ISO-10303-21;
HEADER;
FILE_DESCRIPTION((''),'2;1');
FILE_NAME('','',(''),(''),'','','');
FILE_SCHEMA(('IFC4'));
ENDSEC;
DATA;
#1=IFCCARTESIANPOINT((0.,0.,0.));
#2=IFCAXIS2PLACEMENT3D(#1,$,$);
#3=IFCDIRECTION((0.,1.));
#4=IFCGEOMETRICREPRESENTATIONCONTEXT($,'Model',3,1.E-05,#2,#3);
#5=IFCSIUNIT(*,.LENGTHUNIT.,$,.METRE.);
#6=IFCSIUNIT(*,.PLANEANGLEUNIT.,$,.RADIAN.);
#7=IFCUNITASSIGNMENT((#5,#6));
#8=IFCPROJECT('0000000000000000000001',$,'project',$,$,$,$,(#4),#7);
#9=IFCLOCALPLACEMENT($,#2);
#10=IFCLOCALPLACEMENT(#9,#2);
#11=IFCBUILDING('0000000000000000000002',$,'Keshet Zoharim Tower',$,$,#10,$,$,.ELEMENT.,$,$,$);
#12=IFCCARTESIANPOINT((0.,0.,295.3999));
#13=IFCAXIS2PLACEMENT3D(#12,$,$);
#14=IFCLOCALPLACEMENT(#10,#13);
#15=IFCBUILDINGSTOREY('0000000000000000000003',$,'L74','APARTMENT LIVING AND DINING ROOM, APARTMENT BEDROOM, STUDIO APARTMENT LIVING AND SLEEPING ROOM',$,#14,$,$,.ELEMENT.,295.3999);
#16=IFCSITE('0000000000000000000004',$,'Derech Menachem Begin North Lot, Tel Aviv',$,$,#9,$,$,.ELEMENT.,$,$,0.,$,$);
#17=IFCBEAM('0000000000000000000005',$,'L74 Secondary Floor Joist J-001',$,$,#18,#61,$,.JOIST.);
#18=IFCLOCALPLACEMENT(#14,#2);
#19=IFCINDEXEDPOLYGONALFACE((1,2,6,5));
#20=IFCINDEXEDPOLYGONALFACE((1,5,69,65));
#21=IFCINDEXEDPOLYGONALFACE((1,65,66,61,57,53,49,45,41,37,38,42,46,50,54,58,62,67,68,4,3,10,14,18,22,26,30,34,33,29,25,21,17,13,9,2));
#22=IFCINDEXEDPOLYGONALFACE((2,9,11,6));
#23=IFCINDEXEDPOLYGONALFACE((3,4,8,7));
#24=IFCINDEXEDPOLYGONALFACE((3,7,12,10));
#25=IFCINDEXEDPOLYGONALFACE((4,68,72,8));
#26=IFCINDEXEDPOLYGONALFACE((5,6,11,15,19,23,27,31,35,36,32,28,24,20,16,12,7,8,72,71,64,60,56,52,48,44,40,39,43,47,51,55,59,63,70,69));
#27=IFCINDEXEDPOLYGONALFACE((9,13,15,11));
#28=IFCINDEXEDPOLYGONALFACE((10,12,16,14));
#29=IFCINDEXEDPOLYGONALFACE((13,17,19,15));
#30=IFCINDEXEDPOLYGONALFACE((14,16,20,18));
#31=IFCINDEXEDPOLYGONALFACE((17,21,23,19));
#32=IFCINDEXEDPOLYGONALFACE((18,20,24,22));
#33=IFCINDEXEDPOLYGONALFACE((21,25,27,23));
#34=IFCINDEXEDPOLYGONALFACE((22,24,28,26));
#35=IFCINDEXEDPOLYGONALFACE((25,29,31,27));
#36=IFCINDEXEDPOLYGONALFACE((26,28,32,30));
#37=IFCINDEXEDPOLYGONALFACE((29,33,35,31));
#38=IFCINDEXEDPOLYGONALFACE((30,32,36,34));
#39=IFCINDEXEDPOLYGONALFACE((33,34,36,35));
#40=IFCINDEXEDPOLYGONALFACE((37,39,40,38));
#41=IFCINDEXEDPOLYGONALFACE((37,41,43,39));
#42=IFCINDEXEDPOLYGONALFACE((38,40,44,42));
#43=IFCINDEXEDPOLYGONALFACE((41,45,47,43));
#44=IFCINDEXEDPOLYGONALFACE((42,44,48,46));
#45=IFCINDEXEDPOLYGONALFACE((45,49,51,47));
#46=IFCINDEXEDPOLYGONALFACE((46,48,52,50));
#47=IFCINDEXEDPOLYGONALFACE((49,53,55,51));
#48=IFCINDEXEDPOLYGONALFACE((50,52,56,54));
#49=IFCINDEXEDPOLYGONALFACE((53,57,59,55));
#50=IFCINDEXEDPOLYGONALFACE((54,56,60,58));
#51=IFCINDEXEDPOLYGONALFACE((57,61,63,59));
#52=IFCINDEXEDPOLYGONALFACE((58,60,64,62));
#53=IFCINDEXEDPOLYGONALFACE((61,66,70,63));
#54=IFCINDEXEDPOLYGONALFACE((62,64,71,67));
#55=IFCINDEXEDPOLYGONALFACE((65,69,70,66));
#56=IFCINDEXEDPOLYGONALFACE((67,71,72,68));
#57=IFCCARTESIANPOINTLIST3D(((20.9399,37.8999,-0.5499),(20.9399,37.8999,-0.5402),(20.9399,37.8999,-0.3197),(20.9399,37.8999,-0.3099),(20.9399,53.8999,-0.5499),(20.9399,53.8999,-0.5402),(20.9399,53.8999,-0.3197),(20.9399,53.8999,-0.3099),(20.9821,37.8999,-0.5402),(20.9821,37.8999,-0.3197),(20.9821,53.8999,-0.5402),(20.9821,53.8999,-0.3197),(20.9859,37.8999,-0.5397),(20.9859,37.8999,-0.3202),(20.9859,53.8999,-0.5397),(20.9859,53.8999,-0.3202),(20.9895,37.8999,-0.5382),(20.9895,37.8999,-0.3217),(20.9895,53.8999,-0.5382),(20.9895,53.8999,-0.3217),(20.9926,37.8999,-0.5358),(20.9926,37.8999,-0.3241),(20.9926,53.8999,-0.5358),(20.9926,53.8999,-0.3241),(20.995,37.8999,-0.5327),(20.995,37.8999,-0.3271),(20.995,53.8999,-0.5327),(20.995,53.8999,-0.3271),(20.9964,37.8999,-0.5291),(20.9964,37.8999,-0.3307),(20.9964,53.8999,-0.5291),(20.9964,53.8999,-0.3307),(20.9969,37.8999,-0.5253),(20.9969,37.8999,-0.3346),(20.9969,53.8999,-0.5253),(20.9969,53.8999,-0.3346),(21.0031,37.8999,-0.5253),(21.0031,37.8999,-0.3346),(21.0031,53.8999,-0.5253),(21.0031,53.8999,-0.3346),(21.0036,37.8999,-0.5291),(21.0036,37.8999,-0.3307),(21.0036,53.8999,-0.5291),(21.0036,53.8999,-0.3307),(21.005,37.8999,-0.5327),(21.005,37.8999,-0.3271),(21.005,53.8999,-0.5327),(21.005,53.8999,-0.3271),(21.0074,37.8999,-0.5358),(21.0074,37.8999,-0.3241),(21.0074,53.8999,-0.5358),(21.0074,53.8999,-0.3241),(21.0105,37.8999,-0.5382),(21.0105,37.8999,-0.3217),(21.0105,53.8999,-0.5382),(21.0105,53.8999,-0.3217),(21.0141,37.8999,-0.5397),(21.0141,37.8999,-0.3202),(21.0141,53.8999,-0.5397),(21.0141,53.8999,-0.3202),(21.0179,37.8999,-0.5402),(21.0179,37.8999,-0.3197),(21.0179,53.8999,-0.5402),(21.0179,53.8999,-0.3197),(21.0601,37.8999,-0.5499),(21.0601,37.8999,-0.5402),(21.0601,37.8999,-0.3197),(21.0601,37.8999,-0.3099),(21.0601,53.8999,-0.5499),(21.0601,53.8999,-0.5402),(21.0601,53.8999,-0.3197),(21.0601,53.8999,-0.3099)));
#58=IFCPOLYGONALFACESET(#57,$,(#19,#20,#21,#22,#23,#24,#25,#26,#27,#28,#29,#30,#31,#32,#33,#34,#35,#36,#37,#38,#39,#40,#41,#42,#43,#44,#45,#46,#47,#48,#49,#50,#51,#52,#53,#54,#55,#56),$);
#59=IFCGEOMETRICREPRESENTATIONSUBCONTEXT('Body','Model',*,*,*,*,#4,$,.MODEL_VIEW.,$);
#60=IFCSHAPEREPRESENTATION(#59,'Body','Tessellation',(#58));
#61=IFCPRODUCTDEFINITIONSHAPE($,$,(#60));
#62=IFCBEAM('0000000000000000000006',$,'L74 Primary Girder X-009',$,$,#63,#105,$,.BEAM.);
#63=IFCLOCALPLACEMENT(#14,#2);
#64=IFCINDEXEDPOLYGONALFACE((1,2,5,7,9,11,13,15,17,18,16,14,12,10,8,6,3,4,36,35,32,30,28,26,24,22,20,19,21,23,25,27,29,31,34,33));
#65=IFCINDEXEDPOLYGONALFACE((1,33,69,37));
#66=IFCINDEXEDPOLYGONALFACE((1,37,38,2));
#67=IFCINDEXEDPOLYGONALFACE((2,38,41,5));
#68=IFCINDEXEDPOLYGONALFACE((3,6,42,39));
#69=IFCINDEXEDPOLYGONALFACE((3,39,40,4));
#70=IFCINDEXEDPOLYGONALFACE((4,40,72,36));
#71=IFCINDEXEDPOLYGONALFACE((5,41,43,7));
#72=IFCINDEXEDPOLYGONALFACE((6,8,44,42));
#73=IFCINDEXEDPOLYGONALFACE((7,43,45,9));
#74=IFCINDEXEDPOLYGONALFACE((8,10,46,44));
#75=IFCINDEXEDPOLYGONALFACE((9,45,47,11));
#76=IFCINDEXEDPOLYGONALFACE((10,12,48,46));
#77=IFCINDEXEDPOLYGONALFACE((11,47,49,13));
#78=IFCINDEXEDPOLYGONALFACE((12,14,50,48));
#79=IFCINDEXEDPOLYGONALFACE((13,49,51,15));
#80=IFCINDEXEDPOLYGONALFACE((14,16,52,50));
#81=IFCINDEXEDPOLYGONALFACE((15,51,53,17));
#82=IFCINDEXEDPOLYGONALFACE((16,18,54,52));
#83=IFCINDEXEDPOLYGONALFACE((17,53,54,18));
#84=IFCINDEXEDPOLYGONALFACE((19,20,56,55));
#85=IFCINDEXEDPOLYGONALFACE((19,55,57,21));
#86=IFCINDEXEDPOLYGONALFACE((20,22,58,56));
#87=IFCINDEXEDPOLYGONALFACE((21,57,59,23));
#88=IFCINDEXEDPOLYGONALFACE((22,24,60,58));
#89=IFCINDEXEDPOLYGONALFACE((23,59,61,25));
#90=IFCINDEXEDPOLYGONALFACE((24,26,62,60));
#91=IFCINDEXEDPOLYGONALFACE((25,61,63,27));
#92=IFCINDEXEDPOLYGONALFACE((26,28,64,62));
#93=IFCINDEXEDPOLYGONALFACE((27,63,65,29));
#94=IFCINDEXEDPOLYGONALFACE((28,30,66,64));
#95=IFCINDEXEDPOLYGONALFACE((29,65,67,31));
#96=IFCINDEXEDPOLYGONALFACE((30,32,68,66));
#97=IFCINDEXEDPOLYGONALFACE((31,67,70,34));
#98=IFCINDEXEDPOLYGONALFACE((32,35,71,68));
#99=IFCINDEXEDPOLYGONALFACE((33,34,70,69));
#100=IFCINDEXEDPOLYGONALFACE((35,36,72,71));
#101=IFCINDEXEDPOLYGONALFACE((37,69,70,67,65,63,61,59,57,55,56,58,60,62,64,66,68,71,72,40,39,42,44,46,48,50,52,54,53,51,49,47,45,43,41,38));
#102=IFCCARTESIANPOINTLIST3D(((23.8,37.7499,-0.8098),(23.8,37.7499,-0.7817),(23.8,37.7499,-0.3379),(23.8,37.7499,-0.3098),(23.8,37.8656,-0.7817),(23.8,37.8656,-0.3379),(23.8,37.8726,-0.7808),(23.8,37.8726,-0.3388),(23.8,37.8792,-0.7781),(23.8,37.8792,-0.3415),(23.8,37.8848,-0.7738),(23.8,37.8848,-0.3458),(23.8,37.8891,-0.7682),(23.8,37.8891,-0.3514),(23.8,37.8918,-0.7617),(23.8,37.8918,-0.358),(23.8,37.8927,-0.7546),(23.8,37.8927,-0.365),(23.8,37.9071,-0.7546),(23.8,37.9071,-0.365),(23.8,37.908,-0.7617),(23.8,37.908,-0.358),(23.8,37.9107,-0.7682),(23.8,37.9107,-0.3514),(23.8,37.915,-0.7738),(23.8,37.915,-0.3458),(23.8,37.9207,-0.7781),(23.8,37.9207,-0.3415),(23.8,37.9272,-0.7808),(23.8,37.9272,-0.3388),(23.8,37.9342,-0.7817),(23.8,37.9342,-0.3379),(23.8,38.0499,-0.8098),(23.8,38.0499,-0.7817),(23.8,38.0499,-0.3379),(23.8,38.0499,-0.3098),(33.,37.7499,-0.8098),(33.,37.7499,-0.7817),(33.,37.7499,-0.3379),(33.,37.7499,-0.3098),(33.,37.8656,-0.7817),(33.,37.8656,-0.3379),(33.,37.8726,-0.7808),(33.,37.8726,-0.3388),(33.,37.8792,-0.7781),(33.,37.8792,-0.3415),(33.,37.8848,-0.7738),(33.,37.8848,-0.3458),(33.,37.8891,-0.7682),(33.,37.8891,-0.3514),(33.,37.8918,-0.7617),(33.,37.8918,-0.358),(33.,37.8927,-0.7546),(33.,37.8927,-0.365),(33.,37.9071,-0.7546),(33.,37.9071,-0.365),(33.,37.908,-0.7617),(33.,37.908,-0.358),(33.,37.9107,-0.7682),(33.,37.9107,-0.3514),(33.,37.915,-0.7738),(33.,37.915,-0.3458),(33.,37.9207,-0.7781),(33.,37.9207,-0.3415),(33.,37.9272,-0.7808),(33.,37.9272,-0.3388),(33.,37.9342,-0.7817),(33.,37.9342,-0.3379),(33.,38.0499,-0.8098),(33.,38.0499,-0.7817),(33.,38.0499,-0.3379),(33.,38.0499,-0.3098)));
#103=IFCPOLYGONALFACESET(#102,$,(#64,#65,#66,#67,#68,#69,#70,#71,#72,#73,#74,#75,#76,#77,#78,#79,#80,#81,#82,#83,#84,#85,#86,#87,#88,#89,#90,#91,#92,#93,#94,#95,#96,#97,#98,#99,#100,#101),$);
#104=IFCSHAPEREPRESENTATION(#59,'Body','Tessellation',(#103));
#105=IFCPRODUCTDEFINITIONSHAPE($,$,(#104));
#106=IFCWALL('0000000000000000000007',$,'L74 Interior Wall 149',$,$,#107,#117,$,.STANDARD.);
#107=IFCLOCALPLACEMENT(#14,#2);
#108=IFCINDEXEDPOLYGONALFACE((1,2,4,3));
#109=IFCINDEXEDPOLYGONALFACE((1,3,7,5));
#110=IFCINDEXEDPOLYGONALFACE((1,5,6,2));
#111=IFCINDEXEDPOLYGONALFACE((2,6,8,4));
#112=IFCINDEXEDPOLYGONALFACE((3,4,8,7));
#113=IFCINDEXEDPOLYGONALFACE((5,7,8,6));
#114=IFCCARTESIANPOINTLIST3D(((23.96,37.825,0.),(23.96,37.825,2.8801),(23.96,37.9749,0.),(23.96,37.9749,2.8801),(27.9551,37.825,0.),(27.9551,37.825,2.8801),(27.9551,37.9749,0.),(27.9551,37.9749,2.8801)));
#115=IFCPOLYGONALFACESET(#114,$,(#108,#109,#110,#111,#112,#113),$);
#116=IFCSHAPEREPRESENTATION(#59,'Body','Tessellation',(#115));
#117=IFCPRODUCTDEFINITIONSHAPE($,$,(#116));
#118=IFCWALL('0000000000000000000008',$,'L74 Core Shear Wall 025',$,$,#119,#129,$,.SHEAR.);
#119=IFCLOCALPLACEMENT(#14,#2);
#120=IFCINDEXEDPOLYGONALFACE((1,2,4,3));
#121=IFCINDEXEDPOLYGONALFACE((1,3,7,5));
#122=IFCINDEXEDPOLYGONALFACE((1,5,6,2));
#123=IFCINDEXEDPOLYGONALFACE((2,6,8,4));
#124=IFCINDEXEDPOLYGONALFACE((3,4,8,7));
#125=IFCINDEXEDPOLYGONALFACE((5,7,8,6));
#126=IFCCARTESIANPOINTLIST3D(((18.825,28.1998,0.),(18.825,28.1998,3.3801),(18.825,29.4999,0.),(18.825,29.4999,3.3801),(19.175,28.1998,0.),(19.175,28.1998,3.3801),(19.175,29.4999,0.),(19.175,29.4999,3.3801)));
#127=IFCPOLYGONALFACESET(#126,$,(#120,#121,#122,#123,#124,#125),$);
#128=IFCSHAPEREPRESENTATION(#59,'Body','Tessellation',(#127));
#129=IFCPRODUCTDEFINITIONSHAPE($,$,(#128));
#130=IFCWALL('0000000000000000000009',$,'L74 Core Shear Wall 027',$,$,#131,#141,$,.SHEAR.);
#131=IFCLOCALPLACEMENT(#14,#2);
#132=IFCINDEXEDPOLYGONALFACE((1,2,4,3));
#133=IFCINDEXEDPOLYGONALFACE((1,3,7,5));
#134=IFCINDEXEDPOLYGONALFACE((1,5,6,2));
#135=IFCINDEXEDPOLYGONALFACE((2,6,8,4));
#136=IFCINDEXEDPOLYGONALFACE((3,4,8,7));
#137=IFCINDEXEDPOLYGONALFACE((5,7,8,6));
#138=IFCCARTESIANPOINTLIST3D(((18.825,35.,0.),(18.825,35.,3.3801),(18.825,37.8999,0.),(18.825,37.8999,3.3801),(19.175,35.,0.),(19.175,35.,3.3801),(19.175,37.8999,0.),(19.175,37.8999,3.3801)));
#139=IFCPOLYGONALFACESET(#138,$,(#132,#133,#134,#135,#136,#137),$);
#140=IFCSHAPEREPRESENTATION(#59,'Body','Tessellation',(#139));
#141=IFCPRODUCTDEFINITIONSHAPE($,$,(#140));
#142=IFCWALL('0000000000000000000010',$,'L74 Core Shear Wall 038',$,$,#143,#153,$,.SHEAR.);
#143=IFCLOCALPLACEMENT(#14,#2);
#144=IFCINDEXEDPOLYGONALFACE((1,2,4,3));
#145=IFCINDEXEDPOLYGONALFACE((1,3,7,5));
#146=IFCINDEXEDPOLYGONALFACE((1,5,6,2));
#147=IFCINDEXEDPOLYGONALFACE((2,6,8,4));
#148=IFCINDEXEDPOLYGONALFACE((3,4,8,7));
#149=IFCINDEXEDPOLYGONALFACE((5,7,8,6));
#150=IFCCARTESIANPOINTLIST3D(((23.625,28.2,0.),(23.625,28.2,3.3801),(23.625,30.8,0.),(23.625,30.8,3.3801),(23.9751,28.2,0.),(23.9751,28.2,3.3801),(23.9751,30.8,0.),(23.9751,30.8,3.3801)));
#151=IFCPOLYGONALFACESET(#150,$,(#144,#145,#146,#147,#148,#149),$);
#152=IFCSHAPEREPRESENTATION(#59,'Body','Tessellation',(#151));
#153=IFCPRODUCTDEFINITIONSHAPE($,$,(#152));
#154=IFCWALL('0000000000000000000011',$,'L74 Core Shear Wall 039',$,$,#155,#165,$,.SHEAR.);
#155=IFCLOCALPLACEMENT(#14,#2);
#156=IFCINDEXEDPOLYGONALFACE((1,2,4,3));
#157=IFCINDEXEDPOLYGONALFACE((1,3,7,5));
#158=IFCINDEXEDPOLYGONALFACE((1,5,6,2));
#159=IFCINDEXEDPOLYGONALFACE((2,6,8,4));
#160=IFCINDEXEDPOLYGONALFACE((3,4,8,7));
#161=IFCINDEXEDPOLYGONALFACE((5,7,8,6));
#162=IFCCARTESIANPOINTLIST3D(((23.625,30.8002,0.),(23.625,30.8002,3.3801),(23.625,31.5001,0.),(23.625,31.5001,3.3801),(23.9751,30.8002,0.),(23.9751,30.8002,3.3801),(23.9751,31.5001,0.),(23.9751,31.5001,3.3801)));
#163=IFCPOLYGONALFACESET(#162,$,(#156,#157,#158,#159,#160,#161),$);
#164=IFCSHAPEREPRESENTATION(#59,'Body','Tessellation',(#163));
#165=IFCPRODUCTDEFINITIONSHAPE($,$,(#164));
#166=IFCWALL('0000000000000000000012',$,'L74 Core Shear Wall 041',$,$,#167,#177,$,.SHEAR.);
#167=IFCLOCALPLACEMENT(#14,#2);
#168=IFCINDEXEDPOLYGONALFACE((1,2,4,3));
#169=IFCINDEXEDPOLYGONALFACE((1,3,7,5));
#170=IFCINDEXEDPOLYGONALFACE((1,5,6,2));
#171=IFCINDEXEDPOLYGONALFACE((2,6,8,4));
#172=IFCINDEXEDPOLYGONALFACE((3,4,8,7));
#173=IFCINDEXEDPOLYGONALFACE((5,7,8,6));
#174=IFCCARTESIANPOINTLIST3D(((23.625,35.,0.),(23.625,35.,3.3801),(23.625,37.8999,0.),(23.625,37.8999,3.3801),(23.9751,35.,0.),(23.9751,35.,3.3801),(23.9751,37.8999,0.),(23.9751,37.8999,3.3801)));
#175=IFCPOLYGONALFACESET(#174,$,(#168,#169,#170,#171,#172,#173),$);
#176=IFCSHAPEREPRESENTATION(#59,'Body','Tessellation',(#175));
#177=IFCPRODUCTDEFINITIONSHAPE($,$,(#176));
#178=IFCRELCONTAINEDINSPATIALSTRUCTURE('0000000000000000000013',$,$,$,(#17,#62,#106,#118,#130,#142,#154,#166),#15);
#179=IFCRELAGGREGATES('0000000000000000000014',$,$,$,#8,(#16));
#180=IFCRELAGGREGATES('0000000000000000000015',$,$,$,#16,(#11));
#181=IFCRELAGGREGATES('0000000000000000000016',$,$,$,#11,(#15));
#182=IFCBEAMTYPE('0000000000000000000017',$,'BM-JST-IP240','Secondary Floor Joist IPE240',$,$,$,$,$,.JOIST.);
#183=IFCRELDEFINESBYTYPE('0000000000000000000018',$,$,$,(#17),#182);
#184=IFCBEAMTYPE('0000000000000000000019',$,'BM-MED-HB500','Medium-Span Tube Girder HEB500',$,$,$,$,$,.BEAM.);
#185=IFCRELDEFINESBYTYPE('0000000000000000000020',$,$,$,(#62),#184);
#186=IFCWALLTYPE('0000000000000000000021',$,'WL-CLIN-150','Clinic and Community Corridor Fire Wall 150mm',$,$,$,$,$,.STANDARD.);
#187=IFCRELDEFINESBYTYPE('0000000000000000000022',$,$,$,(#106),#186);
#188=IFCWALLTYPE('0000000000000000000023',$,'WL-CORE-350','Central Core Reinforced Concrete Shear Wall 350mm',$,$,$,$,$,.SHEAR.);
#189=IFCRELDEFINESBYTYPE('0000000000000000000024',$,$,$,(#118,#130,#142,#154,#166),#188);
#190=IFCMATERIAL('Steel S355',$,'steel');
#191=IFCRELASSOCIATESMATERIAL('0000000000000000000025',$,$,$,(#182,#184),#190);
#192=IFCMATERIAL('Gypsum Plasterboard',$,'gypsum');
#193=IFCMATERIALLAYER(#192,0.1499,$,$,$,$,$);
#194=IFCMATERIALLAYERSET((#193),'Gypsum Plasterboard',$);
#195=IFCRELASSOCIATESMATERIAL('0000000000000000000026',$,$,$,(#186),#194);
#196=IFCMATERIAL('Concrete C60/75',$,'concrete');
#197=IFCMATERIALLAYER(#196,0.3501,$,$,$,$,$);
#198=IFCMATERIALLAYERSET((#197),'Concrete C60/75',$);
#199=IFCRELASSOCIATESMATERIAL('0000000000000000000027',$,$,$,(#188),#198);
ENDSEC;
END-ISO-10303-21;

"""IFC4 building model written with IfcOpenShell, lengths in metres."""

from ifc_helpers import new_model, si_unit, direction, frame, frame_2d, origin, origin_2d, place, context, subcontext, project, spatial, rectangle, i_section, extrude, material, layer, layer_set, material_profile, profile_set, type_object, element, save


model = new_model("IFC4")

# Units and contexts
model_context = context("Model", 3, precision=1e-05, world=origin(), true_north=direction((0.0, 1.0)))
body_context = subcontext(model_context, "Body", "Model", "MODEL_VIEW")
ifc_project = project(units=[si_unit("LENGTHUNIT", "METRE"), si_unit("PLANEANGLEUNIT", "RADIAN")], contexts=[model_context])

# Site, building, storey
site_placement = place(None, origin())
site = spatial("IfcSite", under=ifc_project, at=site_placement, Name="Derech Menachem Begin North Lot, Tel Aviv", CompositionType="ELEMENT", RefElevation=0.0)
building_placement = place(site_placement, origin())
building = spatial("IfcBuilding", under=site, at=building_placement, Name="Keshet Zoharim Tower", CompositionType="ELEMENT")
storey_placement = place(building_placement, frame((0.0, 0.0, 295.3999)))
storey = spatial("IfcBuildingStorey", under=building, at=storey_placement, Name="L74", Description="APARTMENT LIVING AND DINING ROOM, APARTMENT BEDROOM, STUDIO APARTMENT LIVING AND SLEEPING ROOM", CompositionType="ELEMENT", Elevation=295.3999)

# Beams
ifc_material_1 = material(Name="Steel S355", Category="steel")
ifc_material_profile_1 = material_profile(ifc_material_1, i_section(OverallWidth=0.1201, OverallDepth=0.24, WebThickness=0.0061, FlangeThickness=0.0098, FilletRadius=0.0149, at=origin_2d()), Name="IPE240")
ifc_profile_set_1 = profile_set([ifc_material_profile_1], Name="Steel S355")
beam_type_1 = type_object("IfcBeamType", Name="BM-JST-IP240", Description="Secondary Floor Joist IPE240", PredefinedType="JOIST", material=ifc_profile_set_1)
beam_1_placement = place(storey_placement, frame((21.0, 37.8999, -0.4299), z_axis=(0.0, 1.0, 0.0), x_axis=(-1.0, 0.0, 0.0)))
element("IfcBeam", 1, at=beam_1_placement, inside=storey, type_object=beam_type_1, Name="L74 Secondary Floor Joist J-001", PredefinedType="JOIST", context=body_context, shape_type="SweptSolid", body=[
    extrude(i_section(OverallWidth=0.1201, OverallDepth=0.24, WebThickness=0.0061, FlangeThickness=0.0098, FilletRadius=0.0149, at=origin_2d()), origin(), (0.0, 0.0, 1.0), 16.0),
])
ifc_material_profile_2 = material_profile(ifc_material_1, i_section(OverallWidth=0.3, OverallDepth=0.5, WebThickness=0.0144, FlangeThickness=0.0281, FilletRadius=0.0271, at=origin_2d()), Name="HEB500")
ifc_profile_set_2 = profile_set([ifc_material_profile_2], Name="Steel S355")
beam_type_2 = type_object("IfcBeamType", Name="BM-MED-HB500", Description="Medium-Span Tube Girder HEB500", PredefinedType="BEAM", material=ifc_profile_set_2)
beam_2_placement = place(storey_placement, frame((23.8, 37.8999, -0.5598), z_axis=(1.0, 0.0, 0.0), x_axis=(0.0, 1.0, 0.0)))
element("IfcBeam", 2, at=beam_2_placement, inside=storey, type_object=beam_type_2, Name="L74 Primary Girder X-009", PredefinedType="BEAM", context=body_context, shape_type="SweptSolid", body=[
    extrude(i_section(OverallWidth=0.3, OverallDepth=0.5, WebThickness=0.0144, FlangeThickness=0.0281, FilletRadius=0.0271, at=origin_2d()), origin(), (0.0, 0.0, 1.0), 9.2),
])

# Walls
ifc_material_2 = material(Name="Gypsum Plasterboard", Category="gypsum")
ifc_layer_1 = layer(ifc_material_2, 0.1499)
ifc_layer_set_1 = layer_set([ifc_layer_1], Name="Gypsum Plasterboard")
wall_type_1 = type_object("IfcWallType", Name="WL-CLIN-150", Description="Clinic and Community Corridor Fire Wall 150mm", PredefinedType="STANDARD", material=ifc_layer_set_1)
wall_1_placement = place(storey_placement, frame((23.96, 37.8999, 0.0), z_axis=(0.0, 0.0, 1.0), x_axis=(1.0, 0.0, 0.0)))
element("IfcWall", 3, at=wall_1_placement, inside=storey, type_object=wall_type_1, Name="L74 Interior Wall 149", PredefinedType="STANDARD", context=body_context, shape_type="SweptSolid", body=[
    extrude(rectangle(XDim=3.9951, YDim=0.1499, at=frame_2d((1.9976, 0.0))), origin(), (0.0, 0.0, 1.0), 2.8801),
])
ifc_material_3 = material(Name="Concrete C60/75", Category="concrete")
ifc_layer_2 = layer(ifc_material_3, 0.3501)
ifc_layer_set_2 = layer_set([ifc_layer_2], Name="Concrete C60/75")
wall_type_2 = type_object("IfcWallType", Name="WL-CORE-350", Description="Central Core Reinforced Concrete Shear Wall 350mm", PredefinedType="SHEAR", material=ifc_layer_set_2)
wall_2_placement = place(storey_placement, frame((19.0, 28.2, 0.0), z_axis=(0.0, 0.0, 1.0), x_axis=(0.0, 1.0, 0.0)))
element("IfcWall", 4, at=wall_2_placement, inside=storey, type_object=wall_type_2, Name="L74 Core Shear Wall 025", PredefinedType="SHEAR", context=body_context, shape_type="SweptSolid", body=[
    extrude(rectangle(XDim=1.3, YDim=0.3501, at=frame_2d((0.6499, 0.0))), origin(), (0.0, 0.0, 1.0), 3.3801),
])

# Walls
wall_3_placement = place(storey_placement, frame((19.0, 35.0, 0.0), z_axis=(0.0, 0.0, 1.0), x_axis=(0.0, 1.0, 0.0)))
element("IfcWall", 5, at=wall_3_placement, inside=storey, type_object=wall_type_2, Name="L74 Core Shear Wall 027", PredefinedType="SHEAR", context=body_context, shape_type="SweptSolid", body=[
    extrude(rectangle(XDim=2.8999, YDim=0.3501, at=frame_2d((1.45, 0.0))), origin(), (0.0, 0.0, 1.0), 3.3801),
])
wall_4_placement = place(storey_placement, frame((23.8, 28.2, 0.0), z_axis=(0.0, 0.0, 1.0), x_axis=(0.0, 1.0, 0.0)))
element("IfcWall", 6, at=wall_4_placement, inside=storey, type_object=wall_type_2, Name="L74 Core Shear Wall 038", PredefinedType="SHEAR", context=body_context, shape_type="SweptSolid", body=[
    extrude(rectangle(XDim=2.6001, YDim=0.3501, at=frame_2d((1.3, 0.0))), origin(), (0.0, 0.0, 1.0), 3.3801),
])
wall_5_placement = place(storey_placement, frame((23.8, 30.8, 0.0), z_axis=(0.0, 0.0, 1.0), x_axis=(0.0, 1.0, 0.0)))
element("IfcWall", 7, at=wall_5_placement, inside=storey, type_object=wall_type_2, Name="L74 Core Shear Wall 039", PredefinedType="SHEAR", context=body_context, shape_type="SweptSolid", body=[
    extrude(rectangle(XDim=0.7, YDim=0.3501, at=frame_2d((0.3501, 0.0))), origin(), (0.0, 0.0, 1.0), 3.3801),
])

# Wall
wall_6_placement = place(storey_placement, frame((23.8, 35.0, 0.0), z_axis=(0.0, 0.0, 1.0), x_axis=(0.0, 1.0, 0.0)))
element("IfcWall", 8, at=wall_6_placement, inside=storey, type_object=wall_type_2, Name="L74 Core Shear Wall 041", PredefinedType="SHEAR", context=body_context, shape_type="SweptSolid", body=[
    extrude(rectangle(XDim=2.8999, YDim=0.3501, at=frame_2d((1.45, 0.0))), origin(), (0.0, 0.0, 1.0), 3.3801),
])

save(model, "model.ifc")
